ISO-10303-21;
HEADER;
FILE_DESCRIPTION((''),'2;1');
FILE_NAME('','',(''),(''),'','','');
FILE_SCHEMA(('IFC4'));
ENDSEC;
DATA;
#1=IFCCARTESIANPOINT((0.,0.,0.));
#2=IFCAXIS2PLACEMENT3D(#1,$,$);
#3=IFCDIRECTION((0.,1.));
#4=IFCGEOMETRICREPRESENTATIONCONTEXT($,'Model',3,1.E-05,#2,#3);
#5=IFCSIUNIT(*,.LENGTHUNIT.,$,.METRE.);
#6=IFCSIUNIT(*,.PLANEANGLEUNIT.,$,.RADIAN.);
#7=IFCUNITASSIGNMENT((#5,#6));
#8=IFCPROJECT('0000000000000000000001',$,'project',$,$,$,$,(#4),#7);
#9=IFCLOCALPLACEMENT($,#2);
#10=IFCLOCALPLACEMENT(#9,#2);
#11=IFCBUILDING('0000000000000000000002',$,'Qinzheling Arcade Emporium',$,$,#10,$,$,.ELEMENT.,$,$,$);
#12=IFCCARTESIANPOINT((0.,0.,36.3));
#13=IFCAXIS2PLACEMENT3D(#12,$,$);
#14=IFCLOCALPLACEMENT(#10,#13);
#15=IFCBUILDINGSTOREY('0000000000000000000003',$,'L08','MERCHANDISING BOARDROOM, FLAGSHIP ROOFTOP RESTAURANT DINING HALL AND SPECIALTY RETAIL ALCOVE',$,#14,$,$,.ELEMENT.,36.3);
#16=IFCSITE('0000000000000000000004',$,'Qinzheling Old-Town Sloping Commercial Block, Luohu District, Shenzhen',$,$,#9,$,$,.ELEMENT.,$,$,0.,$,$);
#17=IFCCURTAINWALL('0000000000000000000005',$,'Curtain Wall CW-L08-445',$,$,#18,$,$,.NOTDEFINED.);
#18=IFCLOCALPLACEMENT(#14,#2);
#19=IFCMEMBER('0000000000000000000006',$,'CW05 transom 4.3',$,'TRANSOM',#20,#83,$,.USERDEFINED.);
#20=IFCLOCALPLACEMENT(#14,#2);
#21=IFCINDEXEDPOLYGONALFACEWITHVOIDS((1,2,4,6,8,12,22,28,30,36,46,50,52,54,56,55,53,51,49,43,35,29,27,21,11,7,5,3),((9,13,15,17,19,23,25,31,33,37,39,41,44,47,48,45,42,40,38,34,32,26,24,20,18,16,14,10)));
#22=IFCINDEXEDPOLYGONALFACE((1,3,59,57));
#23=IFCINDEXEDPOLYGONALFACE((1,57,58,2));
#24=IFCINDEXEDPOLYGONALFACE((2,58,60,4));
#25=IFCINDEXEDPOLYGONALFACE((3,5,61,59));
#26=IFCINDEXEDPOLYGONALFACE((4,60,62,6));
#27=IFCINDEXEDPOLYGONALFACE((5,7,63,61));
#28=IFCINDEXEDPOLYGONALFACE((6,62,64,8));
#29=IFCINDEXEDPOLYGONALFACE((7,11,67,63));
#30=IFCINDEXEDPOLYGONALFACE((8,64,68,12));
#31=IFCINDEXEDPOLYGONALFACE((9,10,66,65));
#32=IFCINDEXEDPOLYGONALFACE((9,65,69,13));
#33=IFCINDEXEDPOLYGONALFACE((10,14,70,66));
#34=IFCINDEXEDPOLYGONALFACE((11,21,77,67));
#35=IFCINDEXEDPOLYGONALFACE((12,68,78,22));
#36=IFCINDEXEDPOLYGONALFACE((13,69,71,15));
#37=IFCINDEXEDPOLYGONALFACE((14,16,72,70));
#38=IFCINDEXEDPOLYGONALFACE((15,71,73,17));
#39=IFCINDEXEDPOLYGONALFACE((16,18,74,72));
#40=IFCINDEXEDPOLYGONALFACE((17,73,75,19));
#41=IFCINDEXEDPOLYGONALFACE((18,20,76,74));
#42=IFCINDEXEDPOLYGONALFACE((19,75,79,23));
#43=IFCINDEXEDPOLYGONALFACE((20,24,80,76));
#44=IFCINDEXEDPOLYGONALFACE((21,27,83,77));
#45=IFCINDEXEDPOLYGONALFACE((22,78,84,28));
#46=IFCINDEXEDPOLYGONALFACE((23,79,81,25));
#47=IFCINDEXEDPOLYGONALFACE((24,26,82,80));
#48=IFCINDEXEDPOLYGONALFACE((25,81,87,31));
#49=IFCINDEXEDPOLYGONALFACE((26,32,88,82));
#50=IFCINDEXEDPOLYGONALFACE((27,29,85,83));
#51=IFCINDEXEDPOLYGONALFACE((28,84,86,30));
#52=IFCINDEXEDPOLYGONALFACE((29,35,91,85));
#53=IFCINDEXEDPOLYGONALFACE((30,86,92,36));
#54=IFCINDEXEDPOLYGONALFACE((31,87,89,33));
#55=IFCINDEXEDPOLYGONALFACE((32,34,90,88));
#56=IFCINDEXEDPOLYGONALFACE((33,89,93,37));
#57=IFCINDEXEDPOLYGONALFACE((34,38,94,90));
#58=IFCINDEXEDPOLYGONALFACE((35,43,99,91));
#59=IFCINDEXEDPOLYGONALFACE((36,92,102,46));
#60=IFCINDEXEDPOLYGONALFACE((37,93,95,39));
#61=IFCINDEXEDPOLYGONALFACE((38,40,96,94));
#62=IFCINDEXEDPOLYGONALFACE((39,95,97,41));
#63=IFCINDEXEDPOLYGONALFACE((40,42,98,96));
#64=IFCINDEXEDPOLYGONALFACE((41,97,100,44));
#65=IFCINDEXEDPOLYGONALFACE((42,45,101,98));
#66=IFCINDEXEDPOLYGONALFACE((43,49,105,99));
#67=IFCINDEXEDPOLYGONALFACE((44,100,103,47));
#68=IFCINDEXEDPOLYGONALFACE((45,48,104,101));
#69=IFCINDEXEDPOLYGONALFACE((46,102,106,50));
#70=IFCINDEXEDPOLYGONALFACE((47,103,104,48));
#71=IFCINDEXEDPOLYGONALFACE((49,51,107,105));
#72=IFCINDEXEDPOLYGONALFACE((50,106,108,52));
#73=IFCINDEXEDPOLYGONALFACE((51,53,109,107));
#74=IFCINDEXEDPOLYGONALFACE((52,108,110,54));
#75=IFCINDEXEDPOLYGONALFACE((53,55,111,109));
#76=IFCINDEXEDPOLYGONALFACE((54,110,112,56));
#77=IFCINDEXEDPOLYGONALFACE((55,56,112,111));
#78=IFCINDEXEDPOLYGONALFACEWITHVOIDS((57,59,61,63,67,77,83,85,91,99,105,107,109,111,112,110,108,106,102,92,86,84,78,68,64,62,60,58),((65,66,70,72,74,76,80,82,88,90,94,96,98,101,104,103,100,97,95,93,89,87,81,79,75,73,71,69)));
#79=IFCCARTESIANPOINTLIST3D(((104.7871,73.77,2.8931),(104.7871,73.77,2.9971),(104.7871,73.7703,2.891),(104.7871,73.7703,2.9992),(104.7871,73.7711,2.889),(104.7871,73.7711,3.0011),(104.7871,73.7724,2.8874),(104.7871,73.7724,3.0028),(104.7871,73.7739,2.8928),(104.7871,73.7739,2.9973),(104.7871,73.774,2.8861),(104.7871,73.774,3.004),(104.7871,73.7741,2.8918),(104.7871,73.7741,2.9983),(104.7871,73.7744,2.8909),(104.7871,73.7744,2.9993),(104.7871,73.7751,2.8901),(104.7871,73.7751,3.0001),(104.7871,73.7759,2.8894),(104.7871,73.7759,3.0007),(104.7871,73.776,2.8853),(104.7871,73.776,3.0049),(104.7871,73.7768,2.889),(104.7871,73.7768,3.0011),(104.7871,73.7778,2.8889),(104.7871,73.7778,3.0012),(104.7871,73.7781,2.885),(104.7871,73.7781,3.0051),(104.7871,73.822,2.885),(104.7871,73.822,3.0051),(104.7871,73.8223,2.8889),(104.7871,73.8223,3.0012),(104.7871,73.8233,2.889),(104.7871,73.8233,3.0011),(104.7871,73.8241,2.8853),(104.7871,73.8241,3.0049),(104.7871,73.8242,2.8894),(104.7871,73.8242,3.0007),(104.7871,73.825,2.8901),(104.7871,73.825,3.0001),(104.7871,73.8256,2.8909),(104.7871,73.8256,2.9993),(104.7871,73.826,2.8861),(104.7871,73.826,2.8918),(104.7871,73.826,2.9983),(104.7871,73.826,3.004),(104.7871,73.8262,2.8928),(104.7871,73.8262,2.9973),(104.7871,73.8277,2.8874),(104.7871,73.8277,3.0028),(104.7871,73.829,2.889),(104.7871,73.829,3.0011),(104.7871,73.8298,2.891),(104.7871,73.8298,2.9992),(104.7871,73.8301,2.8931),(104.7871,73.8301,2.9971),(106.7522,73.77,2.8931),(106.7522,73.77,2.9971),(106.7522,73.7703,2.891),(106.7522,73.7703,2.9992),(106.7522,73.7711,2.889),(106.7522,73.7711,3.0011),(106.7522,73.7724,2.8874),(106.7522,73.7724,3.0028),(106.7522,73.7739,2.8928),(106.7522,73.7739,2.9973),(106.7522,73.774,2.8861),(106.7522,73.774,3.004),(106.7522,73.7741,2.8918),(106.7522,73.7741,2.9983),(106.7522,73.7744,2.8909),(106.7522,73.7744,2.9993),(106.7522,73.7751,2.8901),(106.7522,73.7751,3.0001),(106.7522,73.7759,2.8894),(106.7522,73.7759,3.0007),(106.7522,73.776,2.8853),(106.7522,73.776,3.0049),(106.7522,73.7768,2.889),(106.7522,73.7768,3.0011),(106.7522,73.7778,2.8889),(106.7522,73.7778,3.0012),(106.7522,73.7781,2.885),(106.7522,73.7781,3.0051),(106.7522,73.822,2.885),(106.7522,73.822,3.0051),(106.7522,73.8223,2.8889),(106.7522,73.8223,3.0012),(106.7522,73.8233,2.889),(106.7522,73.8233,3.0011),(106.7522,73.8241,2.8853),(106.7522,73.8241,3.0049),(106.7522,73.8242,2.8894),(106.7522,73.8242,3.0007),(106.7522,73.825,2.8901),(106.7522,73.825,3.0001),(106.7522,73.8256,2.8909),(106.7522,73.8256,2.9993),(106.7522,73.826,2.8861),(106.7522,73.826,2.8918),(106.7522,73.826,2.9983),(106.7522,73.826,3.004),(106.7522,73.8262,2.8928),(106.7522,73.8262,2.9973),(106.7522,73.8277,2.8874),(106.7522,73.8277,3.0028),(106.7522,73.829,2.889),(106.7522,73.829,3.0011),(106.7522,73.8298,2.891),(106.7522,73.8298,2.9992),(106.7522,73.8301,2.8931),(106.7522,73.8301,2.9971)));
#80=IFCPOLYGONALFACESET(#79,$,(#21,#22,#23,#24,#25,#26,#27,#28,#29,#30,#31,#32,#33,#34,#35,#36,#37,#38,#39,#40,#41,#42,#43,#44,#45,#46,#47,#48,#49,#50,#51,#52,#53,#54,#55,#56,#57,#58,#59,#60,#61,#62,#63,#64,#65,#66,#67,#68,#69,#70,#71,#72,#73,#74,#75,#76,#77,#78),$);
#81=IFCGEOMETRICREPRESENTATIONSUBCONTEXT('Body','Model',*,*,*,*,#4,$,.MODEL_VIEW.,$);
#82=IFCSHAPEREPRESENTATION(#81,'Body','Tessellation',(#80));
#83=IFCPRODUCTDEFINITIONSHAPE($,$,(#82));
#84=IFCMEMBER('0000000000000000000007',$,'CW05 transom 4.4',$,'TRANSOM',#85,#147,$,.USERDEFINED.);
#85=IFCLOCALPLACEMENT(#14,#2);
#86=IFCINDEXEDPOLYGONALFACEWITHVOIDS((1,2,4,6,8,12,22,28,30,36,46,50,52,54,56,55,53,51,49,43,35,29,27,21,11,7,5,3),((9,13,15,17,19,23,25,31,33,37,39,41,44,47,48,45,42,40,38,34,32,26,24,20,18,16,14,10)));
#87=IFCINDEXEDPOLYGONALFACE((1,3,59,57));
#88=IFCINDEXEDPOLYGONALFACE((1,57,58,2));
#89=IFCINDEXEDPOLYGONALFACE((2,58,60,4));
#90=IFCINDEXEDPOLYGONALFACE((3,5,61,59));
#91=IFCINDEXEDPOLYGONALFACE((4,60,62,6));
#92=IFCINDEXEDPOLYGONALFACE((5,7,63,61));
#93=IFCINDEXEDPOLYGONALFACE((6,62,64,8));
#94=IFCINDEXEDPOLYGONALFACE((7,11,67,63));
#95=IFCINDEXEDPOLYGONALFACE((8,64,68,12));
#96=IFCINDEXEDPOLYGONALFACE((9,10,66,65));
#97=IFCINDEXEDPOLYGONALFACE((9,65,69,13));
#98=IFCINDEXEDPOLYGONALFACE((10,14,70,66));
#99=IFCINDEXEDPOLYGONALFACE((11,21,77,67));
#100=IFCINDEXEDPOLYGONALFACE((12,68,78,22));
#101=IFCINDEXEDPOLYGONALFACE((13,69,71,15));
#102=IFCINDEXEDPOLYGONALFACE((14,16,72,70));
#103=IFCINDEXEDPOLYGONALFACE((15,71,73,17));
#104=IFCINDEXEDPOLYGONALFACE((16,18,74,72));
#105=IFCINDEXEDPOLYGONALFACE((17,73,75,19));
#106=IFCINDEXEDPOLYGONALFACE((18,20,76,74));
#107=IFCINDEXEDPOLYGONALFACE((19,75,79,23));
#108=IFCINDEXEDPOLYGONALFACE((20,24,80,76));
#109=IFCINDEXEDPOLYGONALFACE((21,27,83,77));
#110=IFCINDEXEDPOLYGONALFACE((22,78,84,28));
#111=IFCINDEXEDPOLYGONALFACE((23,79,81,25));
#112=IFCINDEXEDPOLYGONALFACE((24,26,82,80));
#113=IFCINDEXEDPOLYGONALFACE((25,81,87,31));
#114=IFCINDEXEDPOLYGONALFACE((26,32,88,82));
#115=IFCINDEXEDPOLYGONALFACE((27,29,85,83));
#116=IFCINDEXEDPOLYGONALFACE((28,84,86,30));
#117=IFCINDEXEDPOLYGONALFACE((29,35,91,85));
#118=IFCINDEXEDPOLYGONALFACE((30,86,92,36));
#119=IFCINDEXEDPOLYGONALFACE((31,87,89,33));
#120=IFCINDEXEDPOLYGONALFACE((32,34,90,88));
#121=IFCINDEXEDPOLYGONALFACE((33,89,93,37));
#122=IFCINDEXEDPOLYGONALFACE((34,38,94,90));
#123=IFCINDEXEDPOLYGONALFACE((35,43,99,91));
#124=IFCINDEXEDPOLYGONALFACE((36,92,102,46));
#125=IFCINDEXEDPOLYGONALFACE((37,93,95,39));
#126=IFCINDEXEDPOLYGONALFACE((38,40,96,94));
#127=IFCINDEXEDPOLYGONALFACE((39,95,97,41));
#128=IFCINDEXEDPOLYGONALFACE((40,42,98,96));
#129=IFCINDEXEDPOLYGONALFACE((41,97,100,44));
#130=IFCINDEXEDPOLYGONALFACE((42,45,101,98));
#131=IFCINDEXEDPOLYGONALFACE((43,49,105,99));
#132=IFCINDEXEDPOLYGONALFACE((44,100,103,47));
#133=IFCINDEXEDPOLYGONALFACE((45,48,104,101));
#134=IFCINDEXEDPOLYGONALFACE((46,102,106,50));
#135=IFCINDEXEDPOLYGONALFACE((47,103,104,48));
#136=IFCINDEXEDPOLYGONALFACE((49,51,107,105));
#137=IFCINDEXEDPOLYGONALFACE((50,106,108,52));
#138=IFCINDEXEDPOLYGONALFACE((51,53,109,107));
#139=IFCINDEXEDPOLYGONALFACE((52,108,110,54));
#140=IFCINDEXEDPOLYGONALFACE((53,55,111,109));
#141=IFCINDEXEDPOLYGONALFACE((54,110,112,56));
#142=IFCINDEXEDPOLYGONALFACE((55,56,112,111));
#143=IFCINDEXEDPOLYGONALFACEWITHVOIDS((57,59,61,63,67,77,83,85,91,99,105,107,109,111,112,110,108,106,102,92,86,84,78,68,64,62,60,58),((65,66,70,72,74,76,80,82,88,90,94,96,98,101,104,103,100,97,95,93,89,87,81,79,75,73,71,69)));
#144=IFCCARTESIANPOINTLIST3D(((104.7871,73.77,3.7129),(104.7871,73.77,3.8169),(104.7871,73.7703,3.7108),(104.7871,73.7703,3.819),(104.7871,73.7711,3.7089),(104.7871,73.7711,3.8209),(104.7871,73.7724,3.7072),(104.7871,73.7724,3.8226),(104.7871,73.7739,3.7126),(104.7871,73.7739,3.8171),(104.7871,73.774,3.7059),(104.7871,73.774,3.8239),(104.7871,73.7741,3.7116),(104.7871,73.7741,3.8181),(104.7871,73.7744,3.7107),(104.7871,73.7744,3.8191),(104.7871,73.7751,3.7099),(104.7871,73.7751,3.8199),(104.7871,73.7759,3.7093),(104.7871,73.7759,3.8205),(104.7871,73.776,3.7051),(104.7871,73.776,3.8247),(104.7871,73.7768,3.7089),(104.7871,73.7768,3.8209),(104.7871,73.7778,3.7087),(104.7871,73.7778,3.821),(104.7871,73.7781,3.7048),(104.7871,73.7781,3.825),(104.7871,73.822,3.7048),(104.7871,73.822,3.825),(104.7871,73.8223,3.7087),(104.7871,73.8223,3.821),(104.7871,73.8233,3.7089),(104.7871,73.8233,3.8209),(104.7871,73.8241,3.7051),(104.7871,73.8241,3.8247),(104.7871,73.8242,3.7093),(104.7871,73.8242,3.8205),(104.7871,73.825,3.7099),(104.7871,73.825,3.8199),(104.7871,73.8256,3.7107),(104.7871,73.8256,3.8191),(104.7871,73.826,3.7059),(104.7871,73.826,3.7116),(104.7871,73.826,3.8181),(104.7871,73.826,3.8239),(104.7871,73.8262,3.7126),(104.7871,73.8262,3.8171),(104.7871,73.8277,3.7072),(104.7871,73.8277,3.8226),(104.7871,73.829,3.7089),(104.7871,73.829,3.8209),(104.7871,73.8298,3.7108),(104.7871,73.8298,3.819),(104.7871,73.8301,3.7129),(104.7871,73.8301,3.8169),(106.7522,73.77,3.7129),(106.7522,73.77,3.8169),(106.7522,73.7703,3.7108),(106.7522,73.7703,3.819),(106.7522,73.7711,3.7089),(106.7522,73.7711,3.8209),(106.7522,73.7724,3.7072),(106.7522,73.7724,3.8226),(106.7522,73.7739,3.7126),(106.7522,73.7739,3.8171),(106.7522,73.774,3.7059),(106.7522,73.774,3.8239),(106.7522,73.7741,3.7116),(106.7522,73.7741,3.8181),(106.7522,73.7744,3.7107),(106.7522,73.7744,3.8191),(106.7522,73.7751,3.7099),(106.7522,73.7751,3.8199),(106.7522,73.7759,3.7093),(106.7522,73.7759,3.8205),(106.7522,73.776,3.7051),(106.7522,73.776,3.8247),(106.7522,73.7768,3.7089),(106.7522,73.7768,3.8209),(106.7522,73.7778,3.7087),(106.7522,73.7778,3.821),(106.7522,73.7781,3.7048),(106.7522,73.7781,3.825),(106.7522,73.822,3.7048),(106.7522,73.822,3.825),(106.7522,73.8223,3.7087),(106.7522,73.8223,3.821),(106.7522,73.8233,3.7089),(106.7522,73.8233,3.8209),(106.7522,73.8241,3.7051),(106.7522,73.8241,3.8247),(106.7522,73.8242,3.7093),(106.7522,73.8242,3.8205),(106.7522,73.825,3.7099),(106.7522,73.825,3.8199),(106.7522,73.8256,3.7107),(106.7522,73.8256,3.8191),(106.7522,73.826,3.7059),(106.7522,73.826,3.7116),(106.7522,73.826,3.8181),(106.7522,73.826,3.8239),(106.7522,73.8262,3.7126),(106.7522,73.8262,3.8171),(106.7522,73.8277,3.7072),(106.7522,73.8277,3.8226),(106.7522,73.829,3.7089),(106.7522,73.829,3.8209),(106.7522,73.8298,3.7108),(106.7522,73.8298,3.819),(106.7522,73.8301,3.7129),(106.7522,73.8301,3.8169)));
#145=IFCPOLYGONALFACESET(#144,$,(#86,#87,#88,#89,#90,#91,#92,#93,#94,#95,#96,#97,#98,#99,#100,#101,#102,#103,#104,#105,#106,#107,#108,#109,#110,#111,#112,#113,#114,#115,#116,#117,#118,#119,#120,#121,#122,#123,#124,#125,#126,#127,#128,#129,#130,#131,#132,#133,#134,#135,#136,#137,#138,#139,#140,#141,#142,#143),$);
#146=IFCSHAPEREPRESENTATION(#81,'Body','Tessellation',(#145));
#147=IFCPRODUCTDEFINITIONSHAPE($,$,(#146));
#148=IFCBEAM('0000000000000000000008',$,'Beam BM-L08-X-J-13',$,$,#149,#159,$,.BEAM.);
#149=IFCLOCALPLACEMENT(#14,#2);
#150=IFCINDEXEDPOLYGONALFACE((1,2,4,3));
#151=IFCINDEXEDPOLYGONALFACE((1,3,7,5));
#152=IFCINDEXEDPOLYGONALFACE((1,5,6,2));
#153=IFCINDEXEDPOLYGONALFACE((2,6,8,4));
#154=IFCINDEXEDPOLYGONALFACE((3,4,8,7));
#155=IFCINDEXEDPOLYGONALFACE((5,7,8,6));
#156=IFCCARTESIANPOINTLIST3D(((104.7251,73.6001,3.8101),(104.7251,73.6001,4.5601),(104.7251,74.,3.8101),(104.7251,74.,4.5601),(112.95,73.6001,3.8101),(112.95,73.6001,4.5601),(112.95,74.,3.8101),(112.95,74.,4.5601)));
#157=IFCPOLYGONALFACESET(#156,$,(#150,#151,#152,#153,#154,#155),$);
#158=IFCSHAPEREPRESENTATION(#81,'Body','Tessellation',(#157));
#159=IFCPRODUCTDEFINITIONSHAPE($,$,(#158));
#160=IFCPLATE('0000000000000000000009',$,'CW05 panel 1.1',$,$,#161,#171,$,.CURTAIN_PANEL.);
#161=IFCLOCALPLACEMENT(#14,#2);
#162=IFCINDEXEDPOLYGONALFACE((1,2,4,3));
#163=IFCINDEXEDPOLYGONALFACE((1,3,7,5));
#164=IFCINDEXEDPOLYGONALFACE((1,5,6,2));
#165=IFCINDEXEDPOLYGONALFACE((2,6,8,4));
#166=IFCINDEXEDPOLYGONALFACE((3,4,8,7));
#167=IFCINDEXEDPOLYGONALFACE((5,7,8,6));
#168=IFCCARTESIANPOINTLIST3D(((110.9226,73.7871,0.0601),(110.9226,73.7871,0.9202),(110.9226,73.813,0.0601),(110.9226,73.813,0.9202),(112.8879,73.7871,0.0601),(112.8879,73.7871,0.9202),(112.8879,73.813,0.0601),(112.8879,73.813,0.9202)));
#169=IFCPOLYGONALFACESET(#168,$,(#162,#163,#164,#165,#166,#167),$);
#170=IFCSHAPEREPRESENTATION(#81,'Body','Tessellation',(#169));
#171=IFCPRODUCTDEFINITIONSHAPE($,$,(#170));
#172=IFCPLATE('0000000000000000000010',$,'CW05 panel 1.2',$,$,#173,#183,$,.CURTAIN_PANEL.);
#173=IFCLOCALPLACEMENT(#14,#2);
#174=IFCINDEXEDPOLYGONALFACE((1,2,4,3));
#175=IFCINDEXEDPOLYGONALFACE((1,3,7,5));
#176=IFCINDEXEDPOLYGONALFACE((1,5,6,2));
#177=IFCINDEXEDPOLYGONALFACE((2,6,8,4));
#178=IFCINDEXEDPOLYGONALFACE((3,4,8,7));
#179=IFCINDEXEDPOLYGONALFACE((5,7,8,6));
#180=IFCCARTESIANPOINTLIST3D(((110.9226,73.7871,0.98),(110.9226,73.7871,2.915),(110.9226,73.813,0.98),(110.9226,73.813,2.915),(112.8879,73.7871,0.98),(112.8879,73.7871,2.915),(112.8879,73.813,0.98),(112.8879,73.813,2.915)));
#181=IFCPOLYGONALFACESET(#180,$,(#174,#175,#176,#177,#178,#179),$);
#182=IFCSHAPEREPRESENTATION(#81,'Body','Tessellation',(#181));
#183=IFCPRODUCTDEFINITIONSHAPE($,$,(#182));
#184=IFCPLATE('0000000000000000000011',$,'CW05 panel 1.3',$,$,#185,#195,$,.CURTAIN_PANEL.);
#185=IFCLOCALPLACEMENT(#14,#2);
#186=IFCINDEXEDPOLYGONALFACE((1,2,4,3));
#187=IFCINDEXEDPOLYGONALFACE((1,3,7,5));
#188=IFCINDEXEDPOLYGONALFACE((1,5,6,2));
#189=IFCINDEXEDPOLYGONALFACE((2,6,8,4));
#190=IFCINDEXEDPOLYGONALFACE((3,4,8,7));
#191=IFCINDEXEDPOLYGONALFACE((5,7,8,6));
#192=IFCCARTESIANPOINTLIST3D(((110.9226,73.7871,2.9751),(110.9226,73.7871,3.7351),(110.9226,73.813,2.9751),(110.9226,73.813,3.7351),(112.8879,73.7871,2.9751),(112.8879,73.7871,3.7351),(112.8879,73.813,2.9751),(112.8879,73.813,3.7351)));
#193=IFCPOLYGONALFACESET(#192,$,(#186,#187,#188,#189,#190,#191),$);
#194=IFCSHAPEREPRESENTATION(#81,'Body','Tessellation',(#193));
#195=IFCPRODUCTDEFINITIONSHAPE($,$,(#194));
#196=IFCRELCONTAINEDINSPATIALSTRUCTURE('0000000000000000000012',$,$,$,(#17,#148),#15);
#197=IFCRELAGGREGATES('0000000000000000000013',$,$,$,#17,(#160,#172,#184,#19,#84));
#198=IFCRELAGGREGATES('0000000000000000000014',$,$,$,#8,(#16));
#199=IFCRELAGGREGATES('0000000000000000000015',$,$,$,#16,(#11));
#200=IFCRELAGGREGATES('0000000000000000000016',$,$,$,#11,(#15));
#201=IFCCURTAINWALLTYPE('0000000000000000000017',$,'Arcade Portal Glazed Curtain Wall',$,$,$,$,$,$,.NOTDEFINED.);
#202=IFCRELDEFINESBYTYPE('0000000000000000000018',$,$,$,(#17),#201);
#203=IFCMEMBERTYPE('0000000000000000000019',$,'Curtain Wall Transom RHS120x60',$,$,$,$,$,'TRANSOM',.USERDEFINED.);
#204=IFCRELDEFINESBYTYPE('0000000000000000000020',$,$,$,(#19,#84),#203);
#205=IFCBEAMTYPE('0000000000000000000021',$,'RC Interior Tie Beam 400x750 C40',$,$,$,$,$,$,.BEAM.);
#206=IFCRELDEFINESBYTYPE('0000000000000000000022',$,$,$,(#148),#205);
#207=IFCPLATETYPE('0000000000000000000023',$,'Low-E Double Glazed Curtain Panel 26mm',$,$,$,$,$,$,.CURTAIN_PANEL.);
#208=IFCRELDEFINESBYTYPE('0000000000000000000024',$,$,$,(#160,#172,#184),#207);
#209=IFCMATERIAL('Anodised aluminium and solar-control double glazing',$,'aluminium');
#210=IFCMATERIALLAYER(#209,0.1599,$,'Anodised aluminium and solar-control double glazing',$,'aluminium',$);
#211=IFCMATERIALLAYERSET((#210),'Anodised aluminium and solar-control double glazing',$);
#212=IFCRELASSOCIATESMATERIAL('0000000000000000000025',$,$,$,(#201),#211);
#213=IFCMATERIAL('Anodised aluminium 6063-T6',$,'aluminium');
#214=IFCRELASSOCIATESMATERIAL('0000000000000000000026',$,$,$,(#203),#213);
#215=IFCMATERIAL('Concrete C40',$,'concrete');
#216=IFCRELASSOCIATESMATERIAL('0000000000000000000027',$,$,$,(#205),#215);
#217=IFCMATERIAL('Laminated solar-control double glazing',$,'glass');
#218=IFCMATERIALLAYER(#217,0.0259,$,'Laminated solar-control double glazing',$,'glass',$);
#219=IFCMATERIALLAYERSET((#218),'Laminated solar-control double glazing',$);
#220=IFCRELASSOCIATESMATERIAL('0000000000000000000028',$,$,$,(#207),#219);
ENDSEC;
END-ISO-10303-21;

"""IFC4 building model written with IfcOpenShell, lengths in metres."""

from ifc_helpers import new_model, si_unit, direction, frame, origin, origin_2d, place, context, subcontext, project, spatial, rectangle, hollow_rectangle, extrude, material, layer, layer_set, material_profile, profile_set, type_object, element, aggregate, save


model = new_model("IFC4")

# Units and contexts
model_context = context("Model", 3, precision=1e-05, world=origin(), true_north=direction((0.0, 1.0)))
body_context = subcontext(model_context, "Body", "Model", "MODEL_VIEW")
ifc_project = project(units=[si_unit("LENGTHUNIT", "METRE"), si_unit("PLANEANGLEUNIT", "RADIAN")], contexts=[model_context])

# Site, building, storey
site_placement = place(None, origin())
site = spatial("IfcSite", under=ifc_project, at=site_placement, Name="Qinzheling Old-Town Sloping Commercial Block, Luohu District, Shenzhen", CompositionType="ELEMENT", RefElevation=0.0)
building_placement = place(site_placement, origin())
building = spatial("IfcBuilding", under=site, at=building_placement, Name="Qinzheling Arcade Emporium", CompositionType="ELEMENT")
storey_placement = place(building_placement, frame((0.0, 0.0, 36.3)))
storey = spatial("IfcBuildingStorey", under=building, at=storey_placement, Name="L08", Description="MERCHANDISING BOARDROOM, FLAGSHIP ROOFTOP RESTAURANT DINING HALL AND SPECIALTY RETAIL ALCOVE", CompositionType="ELEMENT", Elevation=36.3)

# Curtain wall, members
ifc_material_1 = material(Name="Anodised aluminium and solar-control double glazing", Category="aluminium")
ifc_layer_1 = layer(ifc_material_1, 0.1599, Name="Anodised aluminium and solar-control double glazing", Category="aluminium")
ifc_layer_set_1 = layer_set([ifc_layer_1], Name="Anodised aluminium and solar-control double glazing")
curtain_wall_type = type_object("IfcCurtainWallType", Name="Arcade Portal Glazed Curtain Wall", PredefinedType="NOTDEFINED", material=ifc_layer_set_1)
curtain_wall_placement = place(storey_placement, origin())
curtain_wall = element("IfcCurtainWall", 1, at=curtain_wall_placement, inside=storey, type_object=curtain_wall_type, Name="Curtain Wall CW-L08-445", PredefinedType="NOTDEFINED")
ifc_material_2 = material(Name="Anodised aluminium 6063-T6", Category="aluminium")
ifc_material_profile_1 = material_profile(ifc_material_2, hollow_rectangle(XDim=0.0601, YDim=0.1201, WallThickness=0.0039, InnerFilletRadius=0.0039, OuterFilletRadius=0.0081, at=origin_2d()), Name="RHS 120x60x4", Category="aluminium")
ifc_profile_set_1 = profile_set([ifc_material_profile_1], Name="Anodised aluminium 6063-T6")
member_type_1 = type_object("IfcMemberType", Name="Curtain Wall Transom RHS120x60", ElementType="TRANSOM", PredefinedType="USERDEFINED", material=ifc_profile_set_1)
member_1_placement = place(storey_placement, frame((106.7522, 73.8, 2.9451), z_axis=(-1.0, 0.0, 0.0), x_axis=(0.0, -1.0, 0.0)))
member_1 = element("IfcMember", 2, at=member_1_placement, type_object=member_type_1, Name="CW05 transom 4.3", ObjectType="TRANSOM", PredefinedType="USERDEFINED", context=body_context, shape_type="SweptSolid", body=[
    extrude(hollow_rectangle(XDim=0.0601, YDim=0.1201, WallThickness=0.0039, InnerFilletRadius=0.0039, OuterFilletRadius=0.0081, at=origin_2d()), origin(), (0.0, 0.0, 1.0), 1.9651),
])
member_2_placement = place(storey_placement, frame((106.7522, 73.8, 3.7649), z_axis=(-1.0, 0.0, 0.0), x_axis=(0.0, -1.0, 0.0)))
member_2 = element("IfcMember", 3, at=member_2_placement, type_object=member_type_1, Name="CW05 transom 4.4", ObjectType="TRANSOM", PredefinedType="USERDEFINED", context=body_context, shape_type="SweptSolid", body=[
    extrude(hollow_rectangle(XDim=0.0601, YDim=0.1201, WallThickness=0.0039, InnerFilletRadius=0.0039, OuterFilletRadius=0.0081, at=origin_2d()), origin(), (0.0, 0.0, 1.0), 1.9651),
])

# Beam
ifc_material_3 = material(Name="Concrete C40", Category="concrete")
ifc_material_profile_2 = material_profile(ifc_material_3, rectangle(XDim=0.3999, YDim=0.75, at=origin_2d()), Name="RC 400x750", Category="concrete")
ifc_profile_set_2 = profile_set([ifc_material_profile_2], Name="Concrete C40")
beam_type = type_object("IfcBeamType", Name="RC Interior Tie Beam 400x750 C40", PredefinedType="BEAM", material=ifc_profile_set_2)
beam_placement = place(storey_placement, frame((104.7251, 73.8, 4.1851), z_axis=(1.0, 0.0, 0.0), x_axis=(0.0, 1.0, 0.0)))
element("IfcBeam", 4, at=beam_placement, inside=storey, type_object=beam_type, Name="Beam BM-L08-X-J-13", PredefinedType="BEAM", context=body_context, shape_type="SweptSolid", body=[
    extrude(rectangle(XDim=0.3999, YDim=0.75, at=origin_2d()), origin(), (0.0, 0.0, 1.0), 8.2249),
])

# Plates
ifc_material_4 = material(Name="Laminated solar-control double glazing", Category="glass")
ifc_layer_2 = layer(ifc_material_4, 0.0259, Name="Laminated solar-control double glazing", Category="glass")
ifc_layer_set_2 = layer_set([ifc_layer_2], Name="Laminated solar-control double glazing")
plate_type = type_object("IfcPlateType", Name="Low-E Double Glazed Curtain Panel 26mm", PredefinedType="CURTAIN_PANEL", material=ifc_layer_set_2)
plate_1_placement = place(storey_placement, frame((111.9053, 73.8, 0.0601), z_axis=(0.0, 0.0, 1.0), x_axis=(-1.0, 0.0, 0.0)))
plate_1 = element("IfcPlate", 5, at=plate_1_placement, type_object=plate_type, Name="CW05 panel 1.1", PredefinedType="CURTAIN_PANEL", context=body_context, shape_type="SweptSolid", body=[
    extrude(rectangle(XDim=1.9653, YDim=0.0259, at=origin_2d()), origin(), (0.0, 0.0, 1.0), 0.8601),
])
plate_2_placement = place(storey_placement, frame((111.9053, 73.8, 0.98), z_axis=(0.0, 0.0, 1.0), x_axis=(-1.0, 0.0, 0.0)))
plate_2 = element("IfcPlate", 6, at=plate_2_placement, type_object=plate_type, Name="CW05 panel 1.2", PredefinedType="CURTAIN_PANEL", context=body_context, shape_type="SweptSolid", body=[
    extrude(rectangle(XDim=1.9653, YDim=0.0259, at=origin_2d()), origin(), (0.0, 0.0, 1.0), 1.9351),
])
plate_3_placement = place(storey_placement, frame((111.9053, 73.8, 2.9751), z_axis=(0.0, 0.0, 1.0), x_axis=(-1.0, 0.0, 0.0)))
plate_3 = element("IfcPlate", 7, at=plate_3_placement, type_object=plate_type, Name="CW05 panel 1.3", PredefinedType="CURTAIN_PANEL", context=body_context, shape_type="SweptSolid", body=[
    extrude(rectangle(XDim=1.9653, YDim=0.0259, at=origin_2d()), origin(), (0.0, 0.0, 1.0), 0.76),
])
aggregate(curtain_wall, [plate_1, plate_2, plate_3, member_1, member_2])

save(model, "model.ifc")
